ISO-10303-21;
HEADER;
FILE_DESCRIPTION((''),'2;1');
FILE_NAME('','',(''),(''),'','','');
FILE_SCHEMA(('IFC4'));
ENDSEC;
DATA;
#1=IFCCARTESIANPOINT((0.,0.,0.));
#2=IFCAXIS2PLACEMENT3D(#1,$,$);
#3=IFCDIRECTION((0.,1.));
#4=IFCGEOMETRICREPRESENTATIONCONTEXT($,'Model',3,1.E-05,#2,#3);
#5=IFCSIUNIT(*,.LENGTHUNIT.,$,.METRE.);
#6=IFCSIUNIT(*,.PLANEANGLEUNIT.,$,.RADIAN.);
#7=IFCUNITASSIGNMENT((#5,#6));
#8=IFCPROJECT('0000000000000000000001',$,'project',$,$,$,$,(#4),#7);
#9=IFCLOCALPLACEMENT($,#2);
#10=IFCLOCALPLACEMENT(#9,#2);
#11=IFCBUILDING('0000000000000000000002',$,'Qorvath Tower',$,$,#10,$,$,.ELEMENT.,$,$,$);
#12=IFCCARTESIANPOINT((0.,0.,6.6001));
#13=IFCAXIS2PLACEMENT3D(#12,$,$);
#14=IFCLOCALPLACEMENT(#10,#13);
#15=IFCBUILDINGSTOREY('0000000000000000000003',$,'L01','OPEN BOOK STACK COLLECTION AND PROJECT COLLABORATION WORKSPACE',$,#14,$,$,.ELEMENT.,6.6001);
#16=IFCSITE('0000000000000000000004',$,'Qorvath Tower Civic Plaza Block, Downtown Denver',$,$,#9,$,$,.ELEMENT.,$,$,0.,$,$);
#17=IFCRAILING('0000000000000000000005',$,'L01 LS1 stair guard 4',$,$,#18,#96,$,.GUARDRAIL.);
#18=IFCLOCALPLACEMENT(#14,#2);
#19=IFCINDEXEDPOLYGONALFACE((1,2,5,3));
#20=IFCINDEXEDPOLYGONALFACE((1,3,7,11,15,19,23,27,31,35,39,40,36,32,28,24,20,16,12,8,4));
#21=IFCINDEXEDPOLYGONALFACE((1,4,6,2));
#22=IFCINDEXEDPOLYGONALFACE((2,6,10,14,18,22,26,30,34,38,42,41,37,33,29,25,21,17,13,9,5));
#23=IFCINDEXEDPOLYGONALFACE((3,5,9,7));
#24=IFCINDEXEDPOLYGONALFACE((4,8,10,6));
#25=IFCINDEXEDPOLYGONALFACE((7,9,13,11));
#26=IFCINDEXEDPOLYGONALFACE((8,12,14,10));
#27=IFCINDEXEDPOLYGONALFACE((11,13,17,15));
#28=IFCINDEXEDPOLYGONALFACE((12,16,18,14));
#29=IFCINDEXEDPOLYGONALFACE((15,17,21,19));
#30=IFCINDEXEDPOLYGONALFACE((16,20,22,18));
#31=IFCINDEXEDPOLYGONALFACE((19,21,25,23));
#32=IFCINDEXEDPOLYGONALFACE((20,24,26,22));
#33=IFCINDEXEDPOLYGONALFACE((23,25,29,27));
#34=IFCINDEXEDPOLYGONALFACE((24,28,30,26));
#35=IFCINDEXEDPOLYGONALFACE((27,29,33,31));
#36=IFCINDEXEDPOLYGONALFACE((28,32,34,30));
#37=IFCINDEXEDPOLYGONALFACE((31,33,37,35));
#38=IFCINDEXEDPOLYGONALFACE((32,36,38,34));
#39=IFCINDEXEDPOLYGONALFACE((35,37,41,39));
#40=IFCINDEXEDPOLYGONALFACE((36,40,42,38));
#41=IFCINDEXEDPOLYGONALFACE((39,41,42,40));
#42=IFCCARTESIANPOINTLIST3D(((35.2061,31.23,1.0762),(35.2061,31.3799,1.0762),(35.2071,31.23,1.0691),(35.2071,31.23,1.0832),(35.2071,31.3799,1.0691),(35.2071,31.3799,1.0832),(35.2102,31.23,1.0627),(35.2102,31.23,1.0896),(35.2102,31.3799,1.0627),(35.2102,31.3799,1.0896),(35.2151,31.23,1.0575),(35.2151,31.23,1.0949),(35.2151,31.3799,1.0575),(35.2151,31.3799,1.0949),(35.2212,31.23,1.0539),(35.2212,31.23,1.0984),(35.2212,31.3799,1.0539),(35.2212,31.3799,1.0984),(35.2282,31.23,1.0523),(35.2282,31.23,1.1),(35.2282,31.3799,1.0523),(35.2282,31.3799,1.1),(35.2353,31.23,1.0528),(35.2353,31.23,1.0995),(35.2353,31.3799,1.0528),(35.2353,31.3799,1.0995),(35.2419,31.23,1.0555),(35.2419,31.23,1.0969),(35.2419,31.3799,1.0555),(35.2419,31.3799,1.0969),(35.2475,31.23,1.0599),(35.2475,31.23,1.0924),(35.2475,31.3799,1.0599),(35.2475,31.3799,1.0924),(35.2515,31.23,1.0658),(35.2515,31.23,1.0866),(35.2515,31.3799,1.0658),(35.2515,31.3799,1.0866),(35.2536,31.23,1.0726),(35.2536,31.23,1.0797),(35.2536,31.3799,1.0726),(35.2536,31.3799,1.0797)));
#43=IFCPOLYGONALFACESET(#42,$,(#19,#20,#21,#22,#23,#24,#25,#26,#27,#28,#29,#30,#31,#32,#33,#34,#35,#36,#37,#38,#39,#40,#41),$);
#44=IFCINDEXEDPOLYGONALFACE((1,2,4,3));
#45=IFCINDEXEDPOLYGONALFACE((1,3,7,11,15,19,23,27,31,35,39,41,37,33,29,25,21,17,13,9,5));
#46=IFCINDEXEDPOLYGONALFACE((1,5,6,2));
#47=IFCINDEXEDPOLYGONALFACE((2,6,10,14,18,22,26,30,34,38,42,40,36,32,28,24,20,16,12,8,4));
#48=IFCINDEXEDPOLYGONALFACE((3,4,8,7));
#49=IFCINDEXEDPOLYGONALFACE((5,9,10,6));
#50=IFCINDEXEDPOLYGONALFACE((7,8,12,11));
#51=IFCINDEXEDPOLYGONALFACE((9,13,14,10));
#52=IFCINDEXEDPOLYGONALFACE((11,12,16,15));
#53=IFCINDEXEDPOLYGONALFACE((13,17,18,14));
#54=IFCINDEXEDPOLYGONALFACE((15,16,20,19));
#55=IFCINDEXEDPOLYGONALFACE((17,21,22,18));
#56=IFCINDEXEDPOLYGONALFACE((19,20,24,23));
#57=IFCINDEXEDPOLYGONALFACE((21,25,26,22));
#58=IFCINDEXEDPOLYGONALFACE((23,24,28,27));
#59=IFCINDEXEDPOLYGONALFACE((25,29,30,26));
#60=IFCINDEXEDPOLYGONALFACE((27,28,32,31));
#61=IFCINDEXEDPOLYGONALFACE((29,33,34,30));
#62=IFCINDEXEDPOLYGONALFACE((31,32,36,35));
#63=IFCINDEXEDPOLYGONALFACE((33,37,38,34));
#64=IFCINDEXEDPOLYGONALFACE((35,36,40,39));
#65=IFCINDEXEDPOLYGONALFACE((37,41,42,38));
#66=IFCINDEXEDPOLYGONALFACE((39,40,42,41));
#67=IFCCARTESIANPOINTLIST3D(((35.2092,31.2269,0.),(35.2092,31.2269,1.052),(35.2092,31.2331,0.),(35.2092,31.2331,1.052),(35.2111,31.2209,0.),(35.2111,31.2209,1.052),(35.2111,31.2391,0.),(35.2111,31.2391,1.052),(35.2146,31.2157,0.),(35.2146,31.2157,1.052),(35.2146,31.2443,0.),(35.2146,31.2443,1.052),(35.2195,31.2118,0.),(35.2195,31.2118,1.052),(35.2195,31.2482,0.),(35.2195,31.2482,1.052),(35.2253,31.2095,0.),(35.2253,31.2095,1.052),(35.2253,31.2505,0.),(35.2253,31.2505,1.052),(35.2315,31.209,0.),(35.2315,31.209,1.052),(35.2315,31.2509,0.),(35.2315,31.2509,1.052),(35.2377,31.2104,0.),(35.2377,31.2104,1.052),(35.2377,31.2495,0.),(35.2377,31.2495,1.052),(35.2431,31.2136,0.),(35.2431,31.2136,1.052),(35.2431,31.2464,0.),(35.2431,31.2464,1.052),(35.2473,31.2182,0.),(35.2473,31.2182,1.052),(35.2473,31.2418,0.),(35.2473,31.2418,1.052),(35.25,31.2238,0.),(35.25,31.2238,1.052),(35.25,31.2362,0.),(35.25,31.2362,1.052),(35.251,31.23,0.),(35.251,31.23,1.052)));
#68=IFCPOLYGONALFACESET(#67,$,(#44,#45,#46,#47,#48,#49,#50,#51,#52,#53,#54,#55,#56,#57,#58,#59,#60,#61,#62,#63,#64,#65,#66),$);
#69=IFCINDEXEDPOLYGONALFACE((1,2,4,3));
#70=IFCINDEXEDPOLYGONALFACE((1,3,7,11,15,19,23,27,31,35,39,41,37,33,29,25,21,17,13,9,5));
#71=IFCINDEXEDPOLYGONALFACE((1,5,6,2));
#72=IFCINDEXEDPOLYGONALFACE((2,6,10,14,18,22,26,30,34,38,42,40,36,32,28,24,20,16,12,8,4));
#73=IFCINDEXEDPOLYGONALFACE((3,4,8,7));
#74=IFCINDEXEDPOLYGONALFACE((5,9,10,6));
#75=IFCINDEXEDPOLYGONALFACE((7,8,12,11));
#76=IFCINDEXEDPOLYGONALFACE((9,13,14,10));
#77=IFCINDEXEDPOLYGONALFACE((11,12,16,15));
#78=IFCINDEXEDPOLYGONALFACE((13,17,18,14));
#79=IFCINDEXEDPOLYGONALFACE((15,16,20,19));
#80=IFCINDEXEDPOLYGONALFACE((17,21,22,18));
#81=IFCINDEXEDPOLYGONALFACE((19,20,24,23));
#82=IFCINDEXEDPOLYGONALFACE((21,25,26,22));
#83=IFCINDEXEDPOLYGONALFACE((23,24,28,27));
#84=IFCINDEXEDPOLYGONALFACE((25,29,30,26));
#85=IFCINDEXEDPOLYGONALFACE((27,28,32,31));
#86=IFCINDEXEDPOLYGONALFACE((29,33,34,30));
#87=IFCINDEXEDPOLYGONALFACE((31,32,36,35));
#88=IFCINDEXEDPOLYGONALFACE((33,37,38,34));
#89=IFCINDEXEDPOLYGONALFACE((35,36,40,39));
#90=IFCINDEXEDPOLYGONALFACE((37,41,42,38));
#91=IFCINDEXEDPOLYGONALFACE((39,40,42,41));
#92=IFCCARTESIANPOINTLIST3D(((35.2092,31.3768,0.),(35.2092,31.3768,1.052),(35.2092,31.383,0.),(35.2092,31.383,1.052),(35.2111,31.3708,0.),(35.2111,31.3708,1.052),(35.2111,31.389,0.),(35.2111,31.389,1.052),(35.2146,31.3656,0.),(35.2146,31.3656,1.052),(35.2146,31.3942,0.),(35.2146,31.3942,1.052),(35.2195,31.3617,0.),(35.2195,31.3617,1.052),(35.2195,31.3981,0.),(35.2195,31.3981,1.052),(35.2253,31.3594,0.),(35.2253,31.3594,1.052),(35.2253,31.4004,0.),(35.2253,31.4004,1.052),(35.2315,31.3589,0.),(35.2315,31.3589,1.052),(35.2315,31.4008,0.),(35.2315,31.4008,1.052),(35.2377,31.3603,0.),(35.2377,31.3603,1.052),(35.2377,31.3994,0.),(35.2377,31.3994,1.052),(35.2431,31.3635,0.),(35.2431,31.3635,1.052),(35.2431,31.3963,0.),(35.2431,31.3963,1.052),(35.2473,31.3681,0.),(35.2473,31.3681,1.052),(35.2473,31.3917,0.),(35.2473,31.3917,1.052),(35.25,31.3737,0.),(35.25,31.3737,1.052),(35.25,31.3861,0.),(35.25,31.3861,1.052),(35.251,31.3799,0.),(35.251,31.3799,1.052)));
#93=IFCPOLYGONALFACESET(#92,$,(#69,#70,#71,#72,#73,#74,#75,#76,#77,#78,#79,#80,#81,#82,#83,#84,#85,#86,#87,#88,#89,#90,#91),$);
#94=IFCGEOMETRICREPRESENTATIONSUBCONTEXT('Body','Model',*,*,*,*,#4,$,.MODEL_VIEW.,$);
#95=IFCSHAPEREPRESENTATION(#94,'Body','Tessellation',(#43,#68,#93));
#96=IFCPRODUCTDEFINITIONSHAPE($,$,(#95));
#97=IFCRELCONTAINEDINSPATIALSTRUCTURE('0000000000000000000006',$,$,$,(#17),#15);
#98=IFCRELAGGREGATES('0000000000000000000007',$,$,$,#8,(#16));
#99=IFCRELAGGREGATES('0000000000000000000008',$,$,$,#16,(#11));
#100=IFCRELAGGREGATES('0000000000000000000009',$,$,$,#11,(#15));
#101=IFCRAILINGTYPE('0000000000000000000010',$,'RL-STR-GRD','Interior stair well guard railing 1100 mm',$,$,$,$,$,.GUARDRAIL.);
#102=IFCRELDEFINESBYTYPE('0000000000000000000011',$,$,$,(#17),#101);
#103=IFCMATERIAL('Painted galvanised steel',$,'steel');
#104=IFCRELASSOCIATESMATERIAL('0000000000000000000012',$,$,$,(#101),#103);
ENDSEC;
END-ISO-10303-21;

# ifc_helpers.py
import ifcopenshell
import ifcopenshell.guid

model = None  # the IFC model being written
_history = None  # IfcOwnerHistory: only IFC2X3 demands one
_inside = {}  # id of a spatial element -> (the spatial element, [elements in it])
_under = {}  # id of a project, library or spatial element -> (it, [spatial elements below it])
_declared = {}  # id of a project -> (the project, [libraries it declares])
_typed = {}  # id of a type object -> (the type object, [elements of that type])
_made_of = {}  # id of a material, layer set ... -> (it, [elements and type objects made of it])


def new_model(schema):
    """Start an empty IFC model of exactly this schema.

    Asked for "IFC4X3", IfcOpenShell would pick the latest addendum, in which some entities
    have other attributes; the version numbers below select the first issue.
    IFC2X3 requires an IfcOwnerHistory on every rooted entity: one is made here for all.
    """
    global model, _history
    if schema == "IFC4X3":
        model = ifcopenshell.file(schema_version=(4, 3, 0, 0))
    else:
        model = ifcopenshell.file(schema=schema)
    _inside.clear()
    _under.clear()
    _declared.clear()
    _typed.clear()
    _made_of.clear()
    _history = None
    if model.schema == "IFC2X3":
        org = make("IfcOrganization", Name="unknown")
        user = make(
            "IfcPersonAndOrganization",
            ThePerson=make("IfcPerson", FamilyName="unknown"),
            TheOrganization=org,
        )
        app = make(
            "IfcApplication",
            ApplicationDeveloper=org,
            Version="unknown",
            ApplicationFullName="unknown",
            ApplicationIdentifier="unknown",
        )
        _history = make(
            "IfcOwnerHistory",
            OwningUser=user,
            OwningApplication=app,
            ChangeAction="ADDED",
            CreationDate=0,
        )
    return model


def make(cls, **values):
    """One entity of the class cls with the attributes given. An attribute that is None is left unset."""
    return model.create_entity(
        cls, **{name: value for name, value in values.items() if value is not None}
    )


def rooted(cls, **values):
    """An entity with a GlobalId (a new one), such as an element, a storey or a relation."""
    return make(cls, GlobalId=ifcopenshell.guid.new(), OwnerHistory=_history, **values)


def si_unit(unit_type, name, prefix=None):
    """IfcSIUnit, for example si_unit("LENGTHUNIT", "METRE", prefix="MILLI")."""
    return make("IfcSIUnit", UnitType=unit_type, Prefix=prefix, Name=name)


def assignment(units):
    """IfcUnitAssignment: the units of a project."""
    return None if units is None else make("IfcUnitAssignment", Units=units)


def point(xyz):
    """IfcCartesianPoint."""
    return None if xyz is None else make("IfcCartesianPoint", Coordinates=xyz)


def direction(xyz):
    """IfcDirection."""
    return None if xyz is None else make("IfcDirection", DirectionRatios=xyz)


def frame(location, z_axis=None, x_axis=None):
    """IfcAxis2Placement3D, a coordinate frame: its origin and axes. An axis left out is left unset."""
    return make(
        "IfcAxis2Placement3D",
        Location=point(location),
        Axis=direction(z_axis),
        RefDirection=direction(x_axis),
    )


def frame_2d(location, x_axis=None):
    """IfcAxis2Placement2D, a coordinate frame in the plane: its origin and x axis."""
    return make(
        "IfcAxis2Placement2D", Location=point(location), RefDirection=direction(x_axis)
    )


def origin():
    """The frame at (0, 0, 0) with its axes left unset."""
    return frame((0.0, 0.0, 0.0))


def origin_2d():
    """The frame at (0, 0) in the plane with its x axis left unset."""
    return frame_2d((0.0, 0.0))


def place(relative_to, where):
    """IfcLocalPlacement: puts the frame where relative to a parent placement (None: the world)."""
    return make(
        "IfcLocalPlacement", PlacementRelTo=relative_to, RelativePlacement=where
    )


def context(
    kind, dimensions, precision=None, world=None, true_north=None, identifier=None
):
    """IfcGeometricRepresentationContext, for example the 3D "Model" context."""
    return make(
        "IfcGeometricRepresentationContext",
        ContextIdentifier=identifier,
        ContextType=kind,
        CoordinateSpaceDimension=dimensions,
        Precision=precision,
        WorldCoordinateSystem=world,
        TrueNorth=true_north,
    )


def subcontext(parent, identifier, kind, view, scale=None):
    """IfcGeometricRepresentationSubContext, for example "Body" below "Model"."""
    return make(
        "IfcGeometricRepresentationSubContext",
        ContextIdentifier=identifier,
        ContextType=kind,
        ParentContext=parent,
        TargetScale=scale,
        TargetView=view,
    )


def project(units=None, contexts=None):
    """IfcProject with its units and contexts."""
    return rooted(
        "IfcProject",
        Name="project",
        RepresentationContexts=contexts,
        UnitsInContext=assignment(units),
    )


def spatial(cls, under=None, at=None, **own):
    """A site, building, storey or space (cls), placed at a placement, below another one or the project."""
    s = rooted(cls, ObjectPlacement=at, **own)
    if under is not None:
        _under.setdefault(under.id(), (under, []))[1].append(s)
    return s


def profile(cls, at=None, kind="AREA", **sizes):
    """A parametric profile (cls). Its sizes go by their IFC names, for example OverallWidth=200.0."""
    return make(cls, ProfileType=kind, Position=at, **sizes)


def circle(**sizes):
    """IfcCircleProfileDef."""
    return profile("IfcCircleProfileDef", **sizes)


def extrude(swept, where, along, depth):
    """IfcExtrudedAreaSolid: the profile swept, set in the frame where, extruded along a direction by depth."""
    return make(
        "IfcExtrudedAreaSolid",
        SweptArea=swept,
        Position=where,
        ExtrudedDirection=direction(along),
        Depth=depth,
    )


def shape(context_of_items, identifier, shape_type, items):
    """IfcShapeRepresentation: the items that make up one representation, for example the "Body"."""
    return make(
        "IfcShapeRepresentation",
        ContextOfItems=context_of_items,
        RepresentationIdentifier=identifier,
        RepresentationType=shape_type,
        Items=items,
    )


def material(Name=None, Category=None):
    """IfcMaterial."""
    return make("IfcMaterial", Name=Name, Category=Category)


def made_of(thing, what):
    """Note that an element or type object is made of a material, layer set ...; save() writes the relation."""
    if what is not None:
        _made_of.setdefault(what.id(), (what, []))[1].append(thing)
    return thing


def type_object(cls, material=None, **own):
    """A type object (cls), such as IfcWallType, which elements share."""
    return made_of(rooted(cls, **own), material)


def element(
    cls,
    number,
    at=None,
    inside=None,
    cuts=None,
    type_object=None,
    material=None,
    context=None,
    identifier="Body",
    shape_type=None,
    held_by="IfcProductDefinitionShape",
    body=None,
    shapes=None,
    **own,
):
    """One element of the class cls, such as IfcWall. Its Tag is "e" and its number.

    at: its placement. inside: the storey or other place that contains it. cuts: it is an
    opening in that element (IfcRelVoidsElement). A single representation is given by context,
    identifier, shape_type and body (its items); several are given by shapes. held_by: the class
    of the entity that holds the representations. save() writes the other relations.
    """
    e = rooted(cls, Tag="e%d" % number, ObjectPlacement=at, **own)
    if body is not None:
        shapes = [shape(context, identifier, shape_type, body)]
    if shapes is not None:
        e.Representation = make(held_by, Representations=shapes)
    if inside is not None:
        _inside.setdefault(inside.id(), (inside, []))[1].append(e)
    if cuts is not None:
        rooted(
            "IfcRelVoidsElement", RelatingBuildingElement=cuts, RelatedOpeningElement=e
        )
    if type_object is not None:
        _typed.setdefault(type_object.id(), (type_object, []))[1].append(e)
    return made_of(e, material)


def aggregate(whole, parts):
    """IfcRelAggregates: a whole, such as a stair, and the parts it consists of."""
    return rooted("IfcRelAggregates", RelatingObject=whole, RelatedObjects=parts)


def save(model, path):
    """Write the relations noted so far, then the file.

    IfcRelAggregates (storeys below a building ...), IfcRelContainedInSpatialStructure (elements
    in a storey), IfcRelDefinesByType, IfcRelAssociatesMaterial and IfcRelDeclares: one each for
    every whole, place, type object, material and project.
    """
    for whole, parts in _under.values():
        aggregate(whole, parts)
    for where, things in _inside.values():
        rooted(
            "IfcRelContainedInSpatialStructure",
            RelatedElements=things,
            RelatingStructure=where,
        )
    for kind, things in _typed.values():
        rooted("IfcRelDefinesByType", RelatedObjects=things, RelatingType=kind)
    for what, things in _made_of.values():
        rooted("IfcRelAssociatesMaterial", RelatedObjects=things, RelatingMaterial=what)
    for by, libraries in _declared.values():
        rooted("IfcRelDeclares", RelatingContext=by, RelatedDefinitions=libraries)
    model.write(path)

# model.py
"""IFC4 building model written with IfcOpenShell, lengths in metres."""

from ifc_helpers import new_model, si_unit, direction, frame, origin, origin_2d, place, context, subcontext, project, spatial, circle, extrude, material, type_object, element, save


model = new_model("IFC4")

# Units and contexts
model_context = context("Model", 3, precision=1e-05, world=origin(), true_north=direction((0.0, 1.0)))
body_context = subcontext(model_context, "Body", "Model", "MODEL_VIEW")
ifc_project = project(units=[si_unit("LENGTHUNIT", "METRE"), si_unit("PLANEANGLEUNIT", "RADIAN")], contexts=[model_context])

# Site, building, storey
site_placement = place(None, origin())
site = spatial("IfcSite", under=ifc_project, at=site_placement, Name="Qorvath Tower Civic Plaza Block, Downtown Denver", CompositionType="ELEMENT", RefElevation=0.0)
building_placement = place(site_placement, origin())
building = spatial("IfcBuilding", under=site, at=building_placement, Name="Qorvath Tower", CompositionType="ELEMENT")
storey_placement = place(building_placement, frame((0.0, 0.0, 6.6001)))
storey = spatial("IfcBuildingStorey", under=building, at=storey_placement, Name="L01", Description="OPEN BOOK STACK COLLECTION AND PROJECT COLLABORATION WORKSPACE", CompositionType="ELEMENT", Elevation=6.6001)

# Railing
ifc_material_1 = material(Name="Painted galvanised steel", Category="steel")
railing_type_1 = type_object("IfcRailingType", Name="RL-STR-GRD", Description="Interior stair well guard railing 1100 mm", PredefinedType="GUARDRAIL", material=ifc_material_1)
railing_1_placement = place(storey_placement, frame((35.23, 31.23, 0.0)))
element("IfcRailing", 1, at=railing_1_placement, inside=storey, type_object=railing_type_1, Name="L01 LS1 stair guard 4", PredefinedType="GUARDRAIL", context=body_context, shape_type="SweptSolid", body=[
    extrude(circle(Radius=0.0239, at=origin_2d()), frame((0.0, 0.0, 1.0762), z_axis=(0.0, 1.0, 0.0), x_axis=(-1.0, 0.0, 0.0)), (0.0, 0.0, 1.0), 0.1499),
    extrude(circle(Radius=0.021, at=origin_2d()), origin(), (0.0, 0.0, 1.0), 1.052),
    extrude(circle(Radius=0.021, at=origin_2d()), frame((0.0, 0.1499, 0.0)), (0.0, 0.0, 1.0), 1.052),
])

save(model, "model.ifc")
